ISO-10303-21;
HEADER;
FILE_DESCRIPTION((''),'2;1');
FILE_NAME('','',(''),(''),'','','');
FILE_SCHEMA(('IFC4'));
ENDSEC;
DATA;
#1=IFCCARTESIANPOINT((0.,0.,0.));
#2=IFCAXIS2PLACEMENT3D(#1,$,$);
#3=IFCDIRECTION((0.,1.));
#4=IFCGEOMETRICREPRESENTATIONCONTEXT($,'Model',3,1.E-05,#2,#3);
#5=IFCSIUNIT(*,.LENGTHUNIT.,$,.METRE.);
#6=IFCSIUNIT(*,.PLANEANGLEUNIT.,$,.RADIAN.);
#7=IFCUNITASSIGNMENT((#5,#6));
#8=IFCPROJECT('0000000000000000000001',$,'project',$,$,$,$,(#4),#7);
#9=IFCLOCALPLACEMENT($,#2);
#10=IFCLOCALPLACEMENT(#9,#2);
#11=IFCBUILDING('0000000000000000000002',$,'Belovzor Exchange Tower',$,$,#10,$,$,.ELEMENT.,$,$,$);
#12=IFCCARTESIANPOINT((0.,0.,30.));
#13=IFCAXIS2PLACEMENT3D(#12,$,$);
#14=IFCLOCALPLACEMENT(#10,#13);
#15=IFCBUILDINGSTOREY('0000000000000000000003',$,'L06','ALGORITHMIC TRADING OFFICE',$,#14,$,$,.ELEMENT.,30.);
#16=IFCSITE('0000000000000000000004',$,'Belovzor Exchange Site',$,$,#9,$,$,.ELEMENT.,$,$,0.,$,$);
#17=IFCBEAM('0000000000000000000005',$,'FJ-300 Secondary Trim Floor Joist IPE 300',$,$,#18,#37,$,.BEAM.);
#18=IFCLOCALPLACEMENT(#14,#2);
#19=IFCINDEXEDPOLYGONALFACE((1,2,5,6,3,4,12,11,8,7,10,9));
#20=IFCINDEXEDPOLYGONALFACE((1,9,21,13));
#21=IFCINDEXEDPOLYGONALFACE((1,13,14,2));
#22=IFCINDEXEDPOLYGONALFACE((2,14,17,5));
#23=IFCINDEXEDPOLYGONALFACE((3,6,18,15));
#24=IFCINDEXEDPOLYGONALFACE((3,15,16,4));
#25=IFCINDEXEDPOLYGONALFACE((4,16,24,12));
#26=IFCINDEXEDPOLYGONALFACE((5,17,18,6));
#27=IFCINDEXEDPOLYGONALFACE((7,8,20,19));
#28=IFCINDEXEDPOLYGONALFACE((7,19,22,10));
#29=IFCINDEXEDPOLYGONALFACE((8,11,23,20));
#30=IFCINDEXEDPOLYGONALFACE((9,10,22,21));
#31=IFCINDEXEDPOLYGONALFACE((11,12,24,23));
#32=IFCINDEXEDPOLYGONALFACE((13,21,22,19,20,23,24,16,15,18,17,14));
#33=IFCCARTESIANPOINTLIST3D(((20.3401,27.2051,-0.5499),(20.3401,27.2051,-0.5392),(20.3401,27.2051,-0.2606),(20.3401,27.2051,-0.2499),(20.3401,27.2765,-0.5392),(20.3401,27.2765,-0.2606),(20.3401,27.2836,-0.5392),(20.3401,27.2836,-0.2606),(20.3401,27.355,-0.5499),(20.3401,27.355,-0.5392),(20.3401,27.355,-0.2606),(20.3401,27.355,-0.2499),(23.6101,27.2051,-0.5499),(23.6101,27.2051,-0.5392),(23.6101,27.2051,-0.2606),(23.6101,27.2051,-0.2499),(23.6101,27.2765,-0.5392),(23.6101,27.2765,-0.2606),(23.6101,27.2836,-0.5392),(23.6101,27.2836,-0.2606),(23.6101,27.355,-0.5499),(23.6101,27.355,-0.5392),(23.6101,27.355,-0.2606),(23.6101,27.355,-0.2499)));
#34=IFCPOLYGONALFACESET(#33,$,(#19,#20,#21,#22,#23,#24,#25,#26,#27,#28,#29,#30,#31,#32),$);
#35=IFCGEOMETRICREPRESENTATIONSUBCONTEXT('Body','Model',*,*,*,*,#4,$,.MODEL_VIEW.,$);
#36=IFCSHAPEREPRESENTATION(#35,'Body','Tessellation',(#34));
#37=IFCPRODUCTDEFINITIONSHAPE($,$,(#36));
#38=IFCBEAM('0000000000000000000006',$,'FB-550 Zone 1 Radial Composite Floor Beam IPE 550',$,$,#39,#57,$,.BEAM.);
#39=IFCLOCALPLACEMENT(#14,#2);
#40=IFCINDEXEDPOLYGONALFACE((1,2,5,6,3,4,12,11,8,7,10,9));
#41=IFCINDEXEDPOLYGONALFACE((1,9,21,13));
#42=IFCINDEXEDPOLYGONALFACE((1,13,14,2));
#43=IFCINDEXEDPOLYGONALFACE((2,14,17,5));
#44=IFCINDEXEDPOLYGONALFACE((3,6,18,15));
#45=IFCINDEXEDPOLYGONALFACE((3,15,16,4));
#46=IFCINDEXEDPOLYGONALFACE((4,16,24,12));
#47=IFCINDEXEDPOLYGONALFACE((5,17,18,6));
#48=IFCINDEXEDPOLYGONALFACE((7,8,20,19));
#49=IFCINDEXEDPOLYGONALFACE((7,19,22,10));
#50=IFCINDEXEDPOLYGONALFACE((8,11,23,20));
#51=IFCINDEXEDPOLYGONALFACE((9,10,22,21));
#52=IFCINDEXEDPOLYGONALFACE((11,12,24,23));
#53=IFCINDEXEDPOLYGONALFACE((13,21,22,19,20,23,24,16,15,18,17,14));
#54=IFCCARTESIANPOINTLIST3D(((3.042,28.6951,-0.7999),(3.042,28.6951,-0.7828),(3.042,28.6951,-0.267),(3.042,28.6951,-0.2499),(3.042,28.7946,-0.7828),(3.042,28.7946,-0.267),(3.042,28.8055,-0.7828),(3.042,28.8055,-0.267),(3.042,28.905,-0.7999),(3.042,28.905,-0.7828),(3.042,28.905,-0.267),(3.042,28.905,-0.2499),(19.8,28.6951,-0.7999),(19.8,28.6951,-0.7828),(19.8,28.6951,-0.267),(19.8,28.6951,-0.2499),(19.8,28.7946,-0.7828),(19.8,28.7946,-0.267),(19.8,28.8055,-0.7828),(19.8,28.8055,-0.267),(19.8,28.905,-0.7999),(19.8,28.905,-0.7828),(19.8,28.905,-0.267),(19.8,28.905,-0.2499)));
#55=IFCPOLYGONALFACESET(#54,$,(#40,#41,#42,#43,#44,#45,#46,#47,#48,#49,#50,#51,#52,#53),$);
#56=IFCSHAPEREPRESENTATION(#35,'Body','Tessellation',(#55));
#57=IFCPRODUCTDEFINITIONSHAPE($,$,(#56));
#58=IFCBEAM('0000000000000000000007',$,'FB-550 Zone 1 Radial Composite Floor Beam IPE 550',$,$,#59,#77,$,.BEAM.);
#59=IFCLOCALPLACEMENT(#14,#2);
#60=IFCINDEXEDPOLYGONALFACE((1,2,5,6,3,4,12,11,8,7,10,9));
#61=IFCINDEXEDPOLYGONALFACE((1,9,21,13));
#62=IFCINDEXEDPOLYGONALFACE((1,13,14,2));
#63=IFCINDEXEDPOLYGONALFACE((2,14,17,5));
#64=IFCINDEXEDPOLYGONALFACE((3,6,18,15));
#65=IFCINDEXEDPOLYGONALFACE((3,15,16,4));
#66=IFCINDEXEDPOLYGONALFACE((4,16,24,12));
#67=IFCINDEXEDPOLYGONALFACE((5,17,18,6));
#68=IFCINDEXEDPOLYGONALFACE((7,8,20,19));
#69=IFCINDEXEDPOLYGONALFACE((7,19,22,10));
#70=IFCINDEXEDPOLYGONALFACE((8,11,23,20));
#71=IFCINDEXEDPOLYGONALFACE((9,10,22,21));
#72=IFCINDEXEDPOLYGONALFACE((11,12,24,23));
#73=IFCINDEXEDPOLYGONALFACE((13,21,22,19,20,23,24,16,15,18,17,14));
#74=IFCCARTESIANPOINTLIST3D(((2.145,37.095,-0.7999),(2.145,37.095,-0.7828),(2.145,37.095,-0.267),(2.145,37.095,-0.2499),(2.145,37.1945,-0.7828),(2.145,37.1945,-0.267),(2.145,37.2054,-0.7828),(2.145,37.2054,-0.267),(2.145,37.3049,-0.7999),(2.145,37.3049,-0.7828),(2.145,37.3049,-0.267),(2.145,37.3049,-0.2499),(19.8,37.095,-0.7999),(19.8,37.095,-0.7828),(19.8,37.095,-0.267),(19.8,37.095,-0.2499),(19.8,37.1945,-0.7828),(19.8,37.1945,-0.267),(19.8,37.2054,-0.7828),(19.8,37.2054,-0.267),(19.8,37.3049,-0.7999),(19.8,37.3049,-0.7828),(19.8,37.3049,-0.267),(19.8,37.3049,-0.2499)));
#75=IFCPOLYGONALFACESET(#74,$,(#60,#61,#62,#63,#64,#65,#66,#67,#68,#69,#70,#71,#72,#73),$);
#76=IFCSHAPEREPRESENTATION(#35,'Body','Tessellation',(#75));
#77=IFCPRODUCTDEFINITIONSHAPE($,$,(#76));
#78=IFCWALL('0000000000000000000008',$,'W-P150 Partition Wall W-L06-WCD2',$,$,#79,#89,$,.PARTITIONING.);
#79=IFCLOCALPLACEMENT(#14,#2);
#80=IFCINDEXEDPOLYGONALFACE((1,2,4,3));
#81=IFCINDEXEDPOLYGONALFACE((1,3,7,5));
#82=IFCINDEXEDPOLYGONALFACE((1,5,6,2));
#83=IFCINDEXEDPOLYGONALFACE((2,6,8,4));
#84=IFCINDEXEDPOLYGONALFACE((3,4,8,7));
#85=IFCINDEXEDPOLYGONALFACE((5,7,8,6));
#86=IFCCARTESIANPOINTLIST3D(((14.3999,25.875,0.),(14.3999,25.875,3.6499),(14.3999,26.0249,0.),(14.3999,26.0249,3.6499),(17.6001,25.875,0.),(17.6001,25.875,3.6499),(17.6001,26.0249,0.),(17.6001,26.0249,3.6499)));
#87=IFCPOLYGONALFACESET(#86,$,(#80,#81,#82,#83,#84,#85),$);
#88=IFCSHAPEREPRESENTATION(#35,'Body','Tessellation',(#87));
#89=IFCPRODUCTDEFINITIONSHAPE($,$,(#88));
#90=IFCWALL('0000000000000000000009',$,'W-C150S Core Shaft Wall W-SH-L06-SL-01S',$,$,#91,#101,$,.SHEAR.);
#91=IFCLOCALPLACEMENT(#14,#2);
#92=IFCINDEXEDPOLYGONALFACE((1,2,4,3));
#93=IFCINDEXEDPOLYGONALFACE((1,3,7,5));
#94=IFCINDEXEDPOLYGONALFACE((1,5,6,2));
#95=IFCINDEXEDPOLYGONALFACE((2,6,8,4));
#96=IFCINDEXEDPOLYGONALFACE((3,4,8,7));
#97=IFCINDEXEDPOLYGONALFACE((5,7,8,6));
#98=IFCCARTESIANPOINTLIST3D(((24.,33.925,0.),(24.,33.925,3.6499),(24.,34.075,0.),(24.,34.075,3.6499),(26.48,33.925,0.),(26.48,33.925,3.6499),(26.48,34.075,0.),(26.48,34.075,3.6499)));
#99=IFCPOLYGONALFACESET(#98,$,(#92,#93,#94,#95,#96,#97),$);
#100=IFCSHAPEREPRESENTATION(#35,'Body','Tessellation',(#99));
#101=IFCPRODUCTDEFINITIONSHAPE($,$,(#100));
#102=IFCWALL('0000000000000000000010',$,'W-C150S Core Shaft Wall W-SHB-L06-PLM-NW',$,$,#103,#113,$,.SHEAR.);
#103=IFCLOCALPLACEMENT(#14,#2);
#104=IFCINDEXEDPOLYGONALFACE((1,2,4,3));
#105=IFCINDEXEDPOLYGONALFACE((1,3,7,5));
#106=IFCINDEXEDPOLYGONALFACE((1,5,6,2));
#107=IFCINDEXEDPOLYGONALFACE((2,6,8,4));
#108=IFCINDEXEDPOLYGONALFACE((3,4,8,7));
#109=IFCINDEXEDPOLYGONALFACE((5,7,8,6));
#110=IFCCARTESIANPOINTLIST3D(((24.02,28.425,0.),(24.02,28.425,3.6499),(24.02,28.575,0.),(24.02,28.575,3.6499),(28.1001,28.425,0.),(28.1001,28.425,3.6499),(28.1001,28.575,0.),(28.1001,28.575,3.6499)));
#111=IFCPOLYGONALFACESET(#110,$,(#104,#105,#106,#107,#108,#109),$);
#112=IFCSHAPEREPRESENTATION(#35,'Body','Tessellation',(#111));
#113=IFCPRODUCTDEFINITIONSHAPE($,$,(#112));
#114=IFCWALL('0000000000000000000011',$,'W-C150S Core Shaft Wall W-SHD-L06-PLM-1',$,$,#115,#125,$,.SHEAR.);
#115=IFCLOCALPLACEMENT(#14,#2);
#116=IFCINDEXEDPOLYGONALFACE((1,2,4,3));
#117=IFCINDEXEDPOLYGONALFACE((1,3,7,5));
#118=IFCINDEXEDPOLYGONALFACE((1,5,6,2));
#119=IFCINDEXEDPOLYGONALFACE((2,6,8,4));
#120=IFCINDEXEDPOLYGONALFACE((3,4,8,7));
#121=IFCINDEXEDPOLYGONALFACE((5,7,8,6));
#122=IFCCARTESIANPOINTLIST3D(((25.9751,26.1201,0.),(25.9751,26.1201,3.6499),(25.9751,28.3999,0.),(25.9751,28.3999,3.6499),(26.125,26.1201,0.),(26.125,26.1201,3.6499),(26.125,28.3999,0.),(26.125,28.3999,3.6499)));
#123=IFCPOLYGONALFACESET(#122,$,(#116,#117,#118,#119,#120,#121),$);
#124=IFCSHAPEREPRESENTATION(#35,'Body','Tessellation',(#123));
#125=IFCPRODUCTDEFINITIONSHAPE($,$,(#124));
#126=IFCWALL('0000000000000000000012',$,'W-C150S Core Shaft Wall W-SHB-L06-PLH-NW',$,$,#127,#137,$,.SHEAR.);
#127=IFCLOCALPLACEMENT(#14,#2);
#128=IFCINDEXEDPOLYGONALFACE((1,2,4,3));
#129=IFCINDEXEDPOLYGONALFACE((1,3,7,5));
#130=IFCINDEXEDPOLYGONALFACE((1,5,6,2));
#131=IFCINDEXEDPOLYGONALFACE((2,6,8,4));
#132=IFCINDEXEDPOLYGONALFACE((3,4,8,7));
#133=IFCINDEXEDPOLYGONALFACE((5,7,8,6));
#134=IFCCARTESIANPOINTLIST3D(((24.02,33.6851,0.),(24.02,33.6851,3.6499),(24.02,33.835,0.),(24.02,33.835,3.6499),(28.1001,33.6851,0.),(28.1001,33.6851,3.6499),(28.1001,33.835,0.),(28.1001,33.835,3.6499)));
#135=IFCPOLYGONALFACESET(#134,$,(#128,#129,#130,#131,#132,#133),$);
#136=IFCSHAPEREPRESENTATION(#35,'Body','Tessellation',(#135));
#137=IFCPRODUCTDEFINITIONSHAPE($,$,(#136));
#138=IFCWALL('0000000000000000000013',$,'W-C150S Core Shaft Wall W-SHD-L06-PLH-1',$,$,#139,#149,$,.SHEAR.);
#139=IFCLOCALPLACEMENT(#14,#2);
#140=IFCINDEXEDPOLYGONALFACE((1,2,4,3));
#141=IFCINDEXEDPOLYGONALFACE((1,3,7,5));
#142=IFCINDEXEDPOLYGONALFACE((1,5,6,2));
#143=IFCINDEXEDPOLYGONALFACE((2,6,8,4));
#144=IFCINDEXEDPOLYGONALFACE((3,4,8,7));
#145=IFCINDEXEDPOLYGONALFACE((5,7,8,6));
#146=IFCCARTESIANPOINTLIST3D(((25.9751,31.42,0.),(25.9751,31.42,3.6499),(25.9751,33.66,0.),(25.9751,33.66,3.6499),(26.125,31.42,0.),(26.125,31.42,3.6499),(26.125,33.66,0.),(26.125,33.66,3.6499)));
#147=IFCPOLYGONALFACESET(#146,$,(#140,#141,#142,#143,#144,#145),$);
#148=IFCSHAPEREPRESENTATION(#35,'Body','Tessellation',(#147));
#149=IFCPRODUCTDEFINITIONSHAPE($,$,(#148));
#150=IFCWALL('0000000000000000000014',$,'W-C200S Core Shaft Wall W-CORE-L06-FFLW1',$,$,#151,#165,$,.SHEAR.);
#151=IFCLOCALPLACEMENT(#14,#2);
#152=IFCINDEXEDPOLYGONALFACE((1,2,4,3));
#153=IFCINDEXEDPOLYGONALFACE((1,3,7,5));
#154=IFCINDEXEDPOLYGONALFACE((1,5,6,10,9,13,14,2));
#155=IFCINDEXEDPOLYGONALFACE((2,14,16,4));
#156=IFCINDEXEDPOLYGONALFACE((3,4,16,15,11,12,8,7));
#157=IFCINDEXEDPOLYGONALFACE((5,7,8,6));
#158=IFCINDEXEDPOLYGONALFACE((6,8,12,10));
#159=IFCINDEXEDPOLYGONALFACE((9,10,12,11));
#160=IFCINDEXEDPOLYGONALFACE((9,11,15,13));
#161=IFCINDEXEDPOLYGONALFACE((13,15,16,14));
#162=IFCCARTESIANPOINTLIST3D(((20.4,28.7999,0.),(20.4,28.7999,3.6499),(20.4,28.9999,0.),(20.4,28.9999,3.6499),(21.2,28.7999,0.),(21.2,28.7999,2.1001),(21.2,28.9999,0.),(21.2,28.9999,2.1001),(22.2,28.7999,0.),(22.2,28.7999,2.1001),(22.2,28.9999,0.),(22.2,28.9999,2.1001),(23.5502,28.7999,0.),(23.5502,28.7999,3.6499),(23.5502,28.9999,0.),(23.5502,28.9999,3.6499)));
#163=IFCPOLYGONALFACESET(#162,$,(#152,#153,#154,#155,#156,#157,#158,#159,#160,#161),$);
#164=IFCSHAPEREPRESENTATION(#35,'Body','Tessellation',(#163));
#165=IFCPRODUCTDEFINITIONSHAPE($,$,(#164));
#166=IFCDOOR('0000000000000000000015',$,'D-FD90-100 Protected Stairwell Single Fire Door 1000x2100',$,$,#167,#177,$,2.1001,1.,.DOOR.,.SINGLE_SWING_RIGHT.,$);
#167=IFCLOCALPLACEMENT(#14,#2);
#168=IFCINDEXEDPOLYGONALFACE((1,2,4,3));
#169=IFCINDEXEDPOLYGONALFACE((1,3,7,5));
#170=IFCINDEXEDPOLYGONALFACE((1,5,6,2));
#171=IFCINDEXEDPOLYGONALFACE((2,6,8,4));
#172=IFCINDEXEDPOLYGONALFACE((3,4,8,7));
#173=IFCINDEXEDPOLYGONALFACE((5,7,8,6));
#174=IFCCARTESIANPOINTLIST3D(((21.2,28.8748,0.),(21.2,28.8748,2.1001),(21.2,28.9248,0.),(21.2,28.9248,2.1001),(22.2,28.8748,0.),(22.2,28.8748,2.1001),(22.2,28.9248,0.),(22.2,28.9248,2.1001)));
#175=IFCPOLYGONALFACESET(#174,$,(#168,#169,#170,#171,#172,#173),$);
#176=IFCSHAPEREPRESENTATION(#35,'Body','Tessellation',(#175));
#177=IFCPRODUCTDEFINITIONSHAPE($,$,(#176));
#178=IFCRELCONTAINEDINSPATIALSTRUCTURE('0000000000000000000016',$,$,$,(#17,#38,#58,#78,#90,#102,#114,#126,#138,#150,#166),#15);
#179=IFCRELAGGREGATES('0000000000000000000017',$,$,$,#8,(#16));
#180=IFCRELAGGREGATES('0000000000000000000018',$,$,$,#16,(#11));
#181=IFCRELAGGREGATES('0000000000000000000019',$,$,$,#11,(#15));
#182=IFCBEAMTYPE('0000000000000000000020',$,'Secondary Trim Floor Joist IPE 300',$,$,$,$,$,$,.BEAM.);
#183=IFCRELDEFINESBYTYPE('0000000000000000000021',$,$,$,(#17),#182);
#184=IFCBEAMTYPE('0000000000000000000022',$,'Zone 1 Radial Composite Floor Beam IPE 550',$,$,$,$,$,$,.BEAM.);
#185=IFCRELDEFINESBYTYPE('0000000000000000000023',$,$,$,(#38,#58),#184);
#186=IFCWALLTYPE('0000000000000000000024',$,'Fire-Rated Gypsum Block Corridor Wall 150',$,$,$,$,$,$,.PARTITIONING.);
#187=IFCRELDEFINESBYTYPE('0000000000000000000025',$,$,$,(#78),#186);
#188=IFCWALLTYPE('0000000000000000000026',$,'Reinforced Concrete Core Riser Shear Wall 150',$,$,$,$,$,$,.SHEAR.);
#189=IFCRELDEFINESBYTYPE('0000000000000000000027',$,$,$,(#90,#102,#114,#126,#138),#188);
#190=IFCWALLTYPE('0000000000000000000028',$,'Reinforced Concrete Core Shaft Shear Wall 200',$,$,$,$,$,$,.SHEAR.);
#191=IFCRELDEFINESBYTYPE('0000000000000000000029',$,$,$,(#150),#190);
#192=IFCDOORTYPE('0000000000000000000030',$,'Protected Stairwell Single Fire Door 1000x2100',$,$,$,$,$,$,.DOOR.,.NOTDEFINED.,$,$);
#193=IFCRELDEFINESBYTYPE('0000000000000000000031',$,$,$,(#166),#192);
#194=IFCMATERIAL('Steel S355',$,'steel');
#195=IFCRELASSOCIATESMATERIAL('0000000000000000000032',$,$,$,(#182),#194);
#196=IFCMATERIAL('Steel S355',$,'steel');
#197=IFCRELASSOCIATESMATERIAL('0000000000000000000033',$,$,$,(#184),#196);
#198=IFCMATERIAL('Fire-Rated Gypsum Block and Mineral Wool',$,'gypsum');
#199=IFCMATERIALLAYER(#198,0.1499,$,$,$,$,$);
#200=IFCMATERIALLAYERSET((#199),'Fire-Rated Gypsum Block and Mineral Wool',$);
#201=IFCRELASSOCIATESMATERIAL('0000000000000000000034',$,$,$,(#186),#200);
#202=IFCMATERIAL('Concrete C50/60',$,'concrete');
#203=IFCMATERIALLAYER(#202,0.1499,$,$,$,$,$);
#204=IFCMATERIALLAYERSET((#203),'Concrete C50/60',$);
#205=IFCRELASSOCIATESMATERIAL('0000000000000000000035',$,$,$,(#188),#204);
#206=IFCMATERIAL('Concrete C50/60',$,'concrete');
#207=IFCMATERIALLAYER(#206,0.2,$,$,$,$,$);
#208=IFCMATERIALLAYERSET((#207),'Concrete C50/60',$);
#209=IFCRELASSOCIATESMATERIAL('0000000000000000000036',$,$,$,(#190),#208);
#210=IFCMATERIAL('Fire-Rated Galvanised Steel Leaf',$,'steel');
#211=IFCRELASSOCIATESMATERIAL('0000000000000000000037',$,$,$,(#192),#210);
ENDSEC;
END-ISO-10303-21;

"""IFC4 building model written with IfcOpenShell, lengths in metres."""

from ifc_helpers import new_model, si_unit, direction, frame, frame_2d, origin, origin_2d, place, context, subcontext, project, spatial, rectangle, i_section, extrude, material, layer, layer_set, material_profile, profile_set, type_object, element, fill, save


model = new_model("IFC4")

# Units and contexts
model_context = context("Model", 3, precision=1e-05, world=origin(), true_north=direction((0.0, 1.0)))
body_context = subcontext(model_context, "Body", "Model", "MODEL_VIEW")
ifc_project = project(units=[si_unit("LENGTHUNIT", "METRE"), si_unit("PLANEANGLEUNIT", "RADIAN")], contexts=[model_context])

# Site, building, storey
site_placement = place(None, origin())
site = spatial("IfcSite", under=ifc_project, at=site_placement, Name="Belovzor Exchange Site", CompositionType="ELEMENT", RefElevation=0.0)
building_placement = place(site_placement, origin())
building = spatial("IfcBuilding", under=site, at=building_placement, Name="Belovzor Exchange Tower", CompositionType="ELEMENT")
storey_placement = place(building_placement, frame((0.0, 0.0, 30.0)))
storey = spatial("IfcBuildingStorey", under=building, at=storey_placement, Name="L06", Description="ALGORITHMIC TRADING OFFICE", CompositionType="ELEMENT", Elevation=30.0)

# Beams
ifc_material_1 = material(Name="Steel S355", Category="steel")
ifc_material_profile_1 = material_profile(ifc_material_1, i_section(OverallWidth=0.1499, OverallDepth=0.3, WebThickness=0.0071, FlangeThickness=0.0107, at=origin_2d()))
ifc_profile_set_1 = profile_set([ifc_material_profile_1], Name="Steel S355")
beam_type_1 = type_object("IfcBeamType", Name="Secondary Trim Floor Joist IPE 300", PredefinedType="BEAM", material=ifc_profile_set_1)
beam_1_placement = place(storey_placement, frame((20.3401, 27.28, -0.3999), z_axis=(1.0, 0.0, 0.0), x_axis=(0.0, 1.0, 0.0)))
element("IfcBeam", 1, at=beam_1_placement, inside=storey, type_object=beam_type_1, Name="FJ-300 Secondary Trim Floor Joist IPE 300", PredefinedType="BEAM", context=body_context, shape_type="SweptSolid", body=[
    extrude(i_section(OverallWidth=0.1499, OverallDepth=0.3, WebThickness=0.0071, FlangeThickness=0.0107, at=origin_2d()), origin(), (0.0, 0.0, 1.0), 3.27),
])
ifc_material_2 = material(Name="Steel S355", Category="steel")
ifc_material_profile_2 = material_profile(ifc_material_2, i_section(OverallWidth=0.21, OverallDepth=0.55, WebThickness=0.011, FlangeThickness=0.0171, at=origin_2d()))
ifc_profile_set_2 = profile_set([ifc_material_profile_2], Name="Steel S355")
beam_type_2 = type_object("IfcBeamType", Name="Zone 1 Radial Composite Floor Beam IPE 550", PredefinedType="BEAM", material=ifc_profile_set_2)
beam_2_placement = place(storey_placement, frame((19.8, 28.8, -0.5249), z_axis=(-1.0, 0.0, 0.0), x_axis=(0.0, -1.0, 0.0)))
element("IfcBeam", 2, at=beam_2_placement, inside=storey, type_object=beam_type_2, Name="FB-550 Zone 1 Radial Composite Floor Beam IPE 550", PredefinedType="BEAM", context=body_context, shape_type="SweptSolid", body=[
    extrude(i_section(OverallWidth=0.21, OverallDepth=0.55, WebThickness=0.011, FlangeThickness=0.0171, at=origin_2d()), origin(), (0.0, 0.0, 1.0), 16.7581),
])
beam_3_placement = place(storey_placement, frame((19.8, 37.2, -0.5249), z_axis=(-1.0, 0.0, 0.0), x_axis=(0.0, -1.0, 0.0)))
element("IfcBeam", 3, at=beam_3_placement, inside=storey, type_object=beam_type_2, Name="FB-550 Zone 1 Radial Composite Floor Beam IPE 550", PredefinedType="BEAM", context=body_context, shape_type="SweptSolid", body=[
    extrude(i_section(OverallWidth=0.21, OverallDepth=0.55, WebThickness=0.011, FlangeThickness=0.0171, at=origin_2d()), origin(), (0.0, 0.0, 1.0), 17.655),
])

# Walls
ifc_material_3 = material(Name="Fire-Rated Gypsum Block and Mineral Wool", Category="gypsum")
ifc_layer_1 = layer(ifc_material_3, 0.1499)
ifc_layer_set_1 = layer_set([ifc_layer_1], Name="Fire-Rated Gypsum Block and Mineral Wool")
wall_type_1 = type_object("IfcWallType", Name="Fire-Rated Gypsum Block Corridor Wall 150", PredefinedType="PARTITIONING", material=ifc_layer_set_1)
wall_1_placement = place(storey_placement, frame((14.3999, 25.95, 0.0), z_axis=(0.0, 0.0, 1.0), x_axis=(1.0, 0.0, 0.0)))
element("IfcWall", 4, at=wall_1_placement, inside=storey, type_object=wall_type_1, Name="W-P150 Partition Wall W-L06-WCD2", PredefinedType="PARTITIONING", context=body_context, shape_type="SweptSolid", body=[
    extrude(rectangle(XDim=3.2002, YDim=0.1499, at=frame_2d((1.6001, 0.0))), origin(), (0.0, 0.0, 1.0), 3.6499),
])
ifc_material_4 = material(Name="Concrete C50/60", Category="concrete")
ifc_layer_2 = layer(ifc_material_4, 0.1499)
ifc_layer_set_2 = layer_set([ifc_layer_2], Name="Concrete C50/60")
wall_type_2 = type_object("IfcWallType", Name="Reinforced Concrete Core Riser Shear Wall 150", PredefinedType="SHEAR", material=ifc_layer_set_2)
wall_2_placement = place(storey_placement, frame((24.0, 34.0, 0.0), z_axis=(0.0, 0.0, 1.0), x_axis=(1.0, 0.0, 0.0)))
element("IfcWall", 5, at=wall_2_placement, inside=storey, type_object=wall_type_2, Name="W-C150S Core Shaft Wall W-SH-L06-SL-01S", PredefinedType="SHEAR", context=body_context, shape_type="SweptSolid", body=[
    extrude(rectangle(XDim=2.48, YDim=0.1499, at=frame_2d((1.24, 0.0))), origin(), (0.0, 0.0, 1.0), 3.6499),
])
wall_3_placement = place(storey_placement, frame((24.02, 28.5, 0.0), z_axis=(0.0, 0.0, 1.0), x_axis=(1.0, 0.0, 0.0)))
element("IfcWall", 6, at=wall_3_placement, inside=storey, type_object=wall_type_2, Name="W-C150S Core Shaft Wall W-SHB-L06-PLM-NW", PredefinedType="SHEAR", context=body_context, shape_type="SweptSolid", body=[
    extrude(rectangle(XDim=4.0801, YDim=0.1499, at=frame_2d((2.04, 0.0))), origin(), (0.0, 0.0, 1.0), 3.6499),
])
wall_4_placement = place(storey_placement, frame((26.05, 26.1201, 0.0), z_axis=(0.0, 0.0, 1.0), x_axis=(0.0, 1.0, 0.0)))
element("IfcWall", 7, at=wall_4_placement, inside=storey, type_object=wall_type_2, Name="W-C150S Core Shaft Wall W-SHD-L06-PLM-1", PredefinedType="SHEAR", context=body_context, shape_type="SweptSolid", body=[
    extrude(rectangle(XDim=2.2798, YDim=0.1499, at=frame_2d((1.1399, 0.0))), origin(), (0.0, 0.0, 1.0), 3.6499),
])
wall_5_placement = place(storey_placement, frame((24.02, 33.76, 0.0), z_axis=(0.0, 0.0, 1.0), x_axis=(1.0, 0.0, 0.0)))
element("IfcWall", 8, at=wall_5_placement, inside=storey, type_object=wall_type_2, Name="W-C150S Core Shaft Wall W-SHB-L06-PLH-NW", PredefinedType="SHEAR", context=body_context, shape_type="SweptSolid", body=[
    extrude(rectangle(XDim=4.0801, YDim=0.1499, at=frame_2d((2.04, 0.0))), origin(), (0.0, 0.0, 1.0), 3.6499),
])
wall_6_placement = place(storey_placement, frame((26.05, 31.4199, 0.0), z_axis=(0.0, 0.0, 1.0), x_axis=(0.0, 1.0, 0.0)))
element("IfcWall", 9, at=wall_6_placement, inside=storey, type_object=wall_type_2, Name="W-C150S Core Shaft Wall W-SHD-L06-PLH-1", PredefinedType="SHEAR", context=body_context, shape_type="SweptSolid", body=[
    extrude(rectangle(XDim=2.24, YDim=0.1499, at=frame_2d((1.1201, 0.0))), origin(), (0.0, 0.0, 1.0), 3.6499),
])

# Wall, opening, door
ifc_material_5 = material(Name="Concrete C50/60", Category="concrete")
ifc_layer_3 = layer(ifc_material_5, 0.2)
ifc_layer_set_3 = layer_set([ifc_layer_3], Name="Concrete C50/60")
wall_type_3 = type_object("IfcWallType", Name="Reinforced Concrete Core Shaft Shear Wall 200", PredefinedType="SHEAR", material=ifc_layer_set_3)
wall_7_placement = place(storey_placement, frame((20.3999, 28.8999, 0.0), z_axis=(0.0, 0.0, 1.0), x_axis=(1.0, 0.0, 0.0)))
wall_7 = element("IfcWall", 10, at=wall_7_placement, inside=storey, type_object=wall_type_3, Name="W-C200S Core Shaft Wall W-CORE-L06-FFLW1", PredefinedType="SHEAR", context=body_context, shape_type="SweptSolid", body=[
    extrude(rectangle(XDim=3.1501, YDim=0.2, at=frame_2d((1.5752, 0.0))), origin(), (0.0, 0.0, 1.0), 3.6499),
])
opening_1_placement = place(wall_7_placement, frame((0.8, 0.0, 0.0)))
opening_1 = element("IfcOpeningElement", 11, at=opening_1_placement, cuts=wall_7, PredefinedType="OPENING", context=body_context, shape_type="SweptSolid", body=[
    extrude(rectangle(XDim=1.0, YDim=2.1001, at=frame_2d((0.5, 1.05))), frame((0.0, 0.1099, 0.0), z_axis=(0.0, -1.0, 0.0), x_axis=(1.0, 0.0, 0.0)), (0.0, 0.0, 1.0), 0.22),
])
ifc_material_6 = material(Name="Fire-Rated Galvanised Steel Leaf", Category="steel")
door_type_1 = type_object("IfcDoorType", Name="Protected Stairwell Single Fire Door 1000x2100", OperationType="NOTDEFINED", PredefinedType="DOOR", material=ifc_material_6)
door_1_placement = place(opening_1_placement, origin())
door_1 = element("IfcDoor", 12, at=door_1_placement, inside=storey, type_object=door_type_1, Name="D-FD90-100 Protected Stairwell Single Fire Door 1000x2100", OperationType="SINGLE_SWING_RIGHT", OverallHeight=2.1001, OverallWidth=1.0, PredefinedType="DOOR", context=body_context, shape_type="SweptSolid", body=[
    extrude(rectangle(XDim=1.0, YDim=2.1001, at=frame_2d((0.5, 1.05))), frame((0.0, 0.0249, 0.0), z_axis=(0.0, -1.0, 0.0), x_axis=(1.0, 0.0, 0.0)), (0.0, 0.0, 1.0), 0.05),
])
fill(opening_1, door_1)

save(model, "model.ifc")
